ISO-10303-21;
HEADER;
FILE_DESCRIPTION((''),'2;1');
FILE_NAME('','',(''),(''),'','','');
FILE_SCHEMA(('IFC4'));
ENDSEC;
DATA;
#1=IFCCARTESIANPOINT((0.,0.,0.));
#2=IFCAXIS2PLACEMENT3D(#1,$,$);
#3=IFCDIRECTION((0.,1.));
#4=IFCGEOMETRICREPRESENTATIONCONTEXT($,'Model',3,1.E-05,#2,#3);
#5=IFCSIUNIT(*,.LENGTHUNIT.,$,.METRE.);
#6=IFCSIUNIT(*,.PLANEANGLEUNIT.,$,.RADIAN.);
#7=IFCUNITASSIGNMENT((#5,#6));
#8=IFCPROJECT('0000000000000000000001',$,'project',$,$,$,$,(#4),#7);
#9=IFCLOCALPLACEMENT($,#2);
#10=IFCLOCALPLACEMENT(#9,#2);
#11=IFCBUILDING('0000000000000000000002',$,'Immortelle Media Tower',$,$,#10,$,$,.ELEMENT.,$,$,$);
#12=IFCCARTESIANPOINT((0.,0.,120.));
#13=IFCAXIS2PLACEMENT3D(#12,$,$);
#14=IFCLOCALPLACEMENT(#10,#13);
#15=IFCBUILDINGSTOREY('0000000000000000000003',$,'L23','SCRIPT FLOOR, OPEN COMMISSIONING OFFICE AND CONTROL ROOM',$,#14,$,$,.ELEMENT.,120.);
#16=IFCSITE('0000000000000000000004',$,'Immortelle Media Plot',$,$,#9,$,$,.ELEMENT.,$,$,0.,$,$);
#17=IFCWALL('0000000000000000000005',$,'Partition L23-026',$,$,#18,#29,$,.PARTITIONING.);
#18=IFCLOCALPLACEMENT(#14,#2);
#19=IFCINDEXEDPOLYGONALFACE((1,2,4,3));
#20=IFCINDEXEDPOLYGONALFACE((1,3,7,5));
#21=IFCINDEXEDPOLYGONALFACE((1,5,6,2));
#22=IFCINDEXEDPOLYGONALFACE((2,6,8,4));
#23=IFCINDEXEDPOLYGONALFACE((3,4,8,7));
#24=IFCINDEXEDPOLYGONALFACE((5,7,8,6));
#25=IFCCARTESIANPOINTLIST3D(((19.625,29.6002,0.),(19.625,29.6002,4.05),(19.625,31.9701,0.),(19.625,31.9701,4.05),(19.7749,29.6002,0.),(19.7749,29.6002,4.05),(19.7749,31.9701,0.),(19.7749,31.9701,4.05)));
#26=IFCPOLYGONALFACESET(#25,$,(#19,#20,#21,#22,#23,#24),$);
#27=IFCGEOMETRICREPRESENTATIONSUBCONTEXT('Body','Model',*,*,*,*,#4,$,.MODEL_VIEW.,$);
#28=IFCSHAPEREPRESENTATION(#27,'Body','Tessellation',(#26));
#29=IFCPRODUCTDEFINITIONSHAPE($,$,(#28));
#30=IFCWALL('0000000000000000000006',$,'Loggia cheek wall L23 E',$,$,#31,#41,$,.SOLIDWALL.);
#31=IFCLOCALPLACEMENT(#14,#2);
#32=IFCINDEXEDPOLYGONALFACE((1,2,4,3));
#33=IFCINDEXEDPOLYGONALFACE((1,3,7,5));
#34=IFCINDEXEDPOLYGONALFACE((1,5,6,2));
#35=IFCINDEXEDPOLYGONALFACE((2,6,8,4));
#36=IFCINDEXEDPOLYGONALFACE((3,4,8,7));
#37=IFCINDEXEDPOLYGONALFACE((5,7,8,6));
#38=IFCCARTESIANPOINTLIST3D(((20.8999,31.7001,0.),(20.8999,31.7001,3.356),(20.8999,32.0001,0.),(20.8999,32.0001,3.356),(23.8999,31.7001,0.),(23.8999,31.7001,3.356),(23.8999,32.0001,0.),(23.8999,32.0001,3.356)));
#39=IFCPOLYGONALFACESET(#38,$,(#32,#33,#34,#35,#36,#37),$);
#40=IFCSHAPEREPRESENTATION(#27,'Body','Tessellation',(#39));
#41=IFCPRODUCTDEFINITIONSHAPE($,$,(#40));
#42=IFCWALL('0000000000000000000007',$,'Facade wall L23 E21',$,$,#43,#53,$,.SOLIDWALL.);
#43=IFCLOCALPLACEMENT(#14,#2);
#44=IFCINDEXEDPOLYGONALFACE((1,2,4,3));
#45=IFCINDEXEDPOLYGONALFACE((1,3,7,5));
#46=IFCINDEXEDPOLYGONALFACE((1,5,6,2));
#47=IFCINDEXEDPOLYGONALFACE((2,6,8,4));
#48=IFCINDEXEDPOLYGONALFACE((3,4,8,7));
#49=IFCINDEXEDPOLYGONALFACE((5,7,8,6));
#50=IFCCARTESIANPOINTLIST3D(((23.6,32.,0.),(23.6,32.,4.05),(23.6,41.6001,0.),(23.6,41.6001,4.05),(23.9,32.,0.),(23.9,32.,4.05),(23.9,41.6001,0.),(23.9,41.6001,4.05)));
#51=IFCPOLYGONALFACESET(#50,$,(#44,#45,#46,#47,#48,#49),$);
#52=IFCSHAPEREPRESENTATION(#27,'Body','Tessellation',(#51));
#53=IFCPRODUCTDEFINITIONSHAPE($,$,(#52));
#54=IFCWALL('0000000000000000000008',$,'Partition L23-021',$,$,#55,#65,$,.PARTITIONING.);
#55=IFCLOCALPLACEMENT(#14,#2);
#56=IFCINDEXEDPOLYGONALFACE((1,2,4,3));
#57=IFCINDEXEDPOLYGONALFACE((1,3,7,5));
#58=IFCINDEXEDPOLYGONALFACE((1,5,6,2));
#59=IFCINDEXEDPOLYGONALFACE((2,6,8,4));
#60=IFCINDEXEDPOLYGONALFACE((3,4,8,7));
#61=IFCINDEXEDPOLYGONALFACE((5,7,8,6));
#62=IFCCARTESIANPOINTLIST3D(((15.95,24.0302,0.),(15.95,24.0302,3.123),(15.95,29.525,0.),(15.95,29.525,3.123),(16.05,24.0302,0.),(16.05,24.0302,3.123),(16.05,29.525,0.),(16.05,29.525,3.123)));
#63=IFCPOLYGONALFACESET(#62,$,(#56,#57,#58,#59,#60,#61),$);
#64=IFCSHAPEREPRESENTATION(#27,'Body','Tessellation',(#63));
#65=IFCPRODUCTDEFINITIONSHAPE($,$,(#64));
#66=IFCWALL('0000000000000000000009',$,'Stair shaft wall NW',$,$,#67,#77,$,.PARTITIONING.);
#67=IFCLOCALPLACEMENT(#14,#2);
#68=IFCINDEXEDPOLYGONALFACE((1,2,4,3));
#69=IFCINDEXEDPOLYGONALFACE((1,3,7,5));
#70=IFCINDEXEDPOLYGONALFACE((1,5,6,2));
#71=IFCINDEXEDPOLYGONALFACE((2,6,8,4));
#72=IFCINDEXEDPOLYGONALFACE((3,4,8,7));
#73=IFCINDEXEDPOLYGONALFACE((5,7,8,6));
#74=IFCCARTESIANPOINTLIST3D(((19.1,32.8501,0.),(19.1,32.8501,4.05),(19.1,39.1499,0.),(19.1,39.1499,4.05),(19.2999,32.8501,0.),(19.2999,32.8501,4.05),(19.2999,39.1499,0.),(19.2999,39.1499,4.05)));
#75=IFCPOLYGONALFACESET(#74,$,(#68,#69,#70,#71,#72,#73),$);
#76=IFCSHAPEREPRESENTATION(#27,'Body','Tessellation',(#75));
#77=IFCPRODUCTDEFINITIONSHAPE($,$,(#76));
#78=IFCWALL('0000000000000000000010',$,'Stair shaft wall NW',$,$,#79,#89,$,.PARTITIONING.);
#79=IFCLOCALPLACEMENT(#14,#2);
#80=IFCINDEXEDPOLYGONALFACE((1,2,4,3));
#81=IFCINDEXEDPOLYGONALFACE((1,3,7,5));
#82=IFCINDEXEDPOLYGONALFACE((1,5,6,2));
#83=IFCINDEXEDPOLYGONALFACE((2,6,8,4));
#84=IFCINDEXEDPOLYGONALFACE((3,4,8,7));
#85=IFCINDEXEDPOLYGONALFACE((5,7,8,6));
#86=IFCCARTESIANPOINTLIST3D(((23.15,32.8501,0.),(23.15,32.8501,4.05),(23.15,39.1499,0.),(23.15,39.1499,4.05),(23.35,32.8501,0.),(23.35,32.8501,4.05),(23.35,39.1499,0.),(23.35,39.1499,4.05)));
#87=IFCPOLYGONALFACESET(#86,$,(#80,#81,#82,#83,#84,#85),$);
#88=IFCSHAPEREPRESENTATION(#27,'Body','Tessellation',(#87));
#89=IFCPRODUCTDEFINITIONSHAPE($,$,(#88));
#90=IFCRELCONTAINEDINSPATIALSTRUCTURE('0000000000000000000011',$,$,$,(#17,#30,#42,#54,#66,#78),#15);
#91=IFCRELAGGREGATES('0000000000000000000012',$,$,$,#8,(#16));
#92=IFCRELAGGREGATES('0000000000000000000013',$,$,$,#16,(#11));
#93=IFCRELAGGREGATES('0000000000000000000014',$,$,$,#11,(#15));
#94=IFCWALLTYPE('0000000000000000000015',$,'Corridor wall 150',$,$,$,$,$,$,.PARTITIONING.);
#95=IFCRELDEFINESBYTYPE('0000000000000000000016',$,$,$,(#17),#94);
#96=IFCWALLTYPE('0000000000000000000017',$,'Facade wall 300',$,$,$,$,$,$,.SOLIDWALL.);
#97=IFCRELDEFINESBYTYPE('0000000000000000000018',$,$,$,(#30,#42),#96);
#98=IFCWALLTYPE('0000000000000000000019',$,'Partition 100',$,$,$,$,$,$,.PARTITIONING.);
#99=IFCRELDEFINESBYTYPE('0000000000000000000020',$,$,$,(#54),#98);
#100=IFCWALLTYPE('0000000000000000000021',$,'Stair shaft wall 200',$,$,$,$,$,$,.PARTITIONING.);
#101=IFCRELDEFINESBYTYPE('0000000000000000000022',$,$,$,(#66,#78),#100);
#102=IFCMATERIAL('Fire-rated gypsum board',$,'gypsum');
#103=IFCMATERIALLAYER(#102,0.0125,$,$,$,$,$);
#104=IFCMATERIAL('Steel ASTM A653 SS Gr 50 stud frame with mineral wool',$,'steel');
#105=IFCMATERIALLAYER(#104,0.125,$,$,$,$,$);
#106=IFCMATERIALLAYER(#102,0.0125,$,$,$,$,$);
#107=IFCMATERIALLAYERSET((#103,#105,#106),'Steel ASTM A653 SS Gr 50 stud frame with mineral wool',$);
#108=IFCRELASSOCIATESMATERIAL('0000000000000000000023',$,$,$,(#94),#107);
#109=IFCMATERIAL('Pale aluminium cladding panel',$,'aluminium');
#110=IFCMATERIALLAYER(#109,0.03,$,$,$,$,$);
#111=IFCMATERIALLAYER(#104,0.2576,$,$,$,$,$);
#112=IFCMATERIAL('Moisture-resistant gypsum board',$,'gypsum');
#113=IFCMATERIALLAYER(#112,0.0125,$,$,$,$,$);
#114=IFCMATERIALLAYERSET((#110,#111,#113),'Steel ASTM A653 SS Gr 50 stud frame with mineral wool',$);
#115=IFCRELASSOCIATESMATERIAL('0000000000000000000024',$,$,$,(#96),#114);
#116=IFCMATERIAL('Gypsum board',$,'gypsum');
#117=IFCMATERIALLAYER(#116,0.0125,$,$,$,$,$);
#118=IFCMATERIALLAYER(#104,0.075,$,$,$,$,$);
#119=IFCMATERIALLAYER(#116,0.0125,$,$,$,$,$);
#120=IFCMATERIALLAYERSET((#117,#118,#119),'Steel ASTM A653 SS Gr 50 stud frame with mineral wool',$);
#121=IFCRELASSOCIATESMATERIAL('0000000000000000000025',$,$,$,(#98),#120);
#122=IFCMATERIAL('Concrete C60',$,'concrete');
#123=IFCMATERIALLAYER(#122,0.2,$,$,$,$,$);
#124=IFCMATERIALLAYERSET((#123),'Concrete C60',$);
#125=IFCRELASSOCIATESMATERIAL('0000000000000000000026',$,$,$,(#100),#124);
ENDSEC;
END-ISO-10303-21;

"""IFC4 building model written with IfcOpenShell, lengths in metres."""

from ifc_helpers import new_model, si_unit, direction, frame, frame_2d, origin, place, context, subcontext, project, spatial, rectangle, extrude, material, layer, layer_set, type_object, element, save


model = new_model("IFC4")

# Units and contexts
model_context = context("Model", 3, precision=1e-05, world=origin(), true_north=direction((0.0, 1.0)))
body_context = subcontext(model_context, "Body", "Model", "MODEL_VIEW")
ifc_project = project(units=[si_unit("LENGTHUNIT", "METRE"), si_unit("PLANEANGLEUNIT", "RADIAN")], contexts=[model_context])

# Site, building, storey
site_placement = place(None, origin())
site = spatial("IfcSite", under=ifc_project, at=site_placement, Name="Immortelle Media Plot", CompositionType="ELEMENT", RefElevation=0.0)
building_placement = place(site_placement, origin())
building = spatial("IfcBuilding", under=site, at=building_placement, Name="Immortelle Media Tower", CompositionType="ELEMENT")
storey_placement = place(building_placement, frame((0.0, 0.0, 120.0)))
storey = spatial("IfcBuildingStorey", under=building, at=storey_placement, Name="L23", Description="SCRIPT FLOOR, OPEN COMMISSIONING OFFICE AND CONTROL ROOM", CompositionType="ELEMENT", Elevation=120.0)

# Shared definitions
ifc_material_1 = material(Name="Fire-rated gypsum board", Category="gypsum")
ifc_material_2 = material(Name="Steel ASTM A653 SS Gr 50 stud frame with mineral wool", Category="steel")

# Wall
ifc_layer_1 = layer(ifc_material_1, 0.0125)
ifc_layer_2 = layer(ifc_material_2, 0.125)
ifc_layer_3 = layer(ifc_material_1, 0.0125)
ifc_layer_set_1 = layer_set([ifc_layer_1, ifc_layer_2, ifc_layer_3], Name="Steel ASTM A653 SS Gr 50 stud frame with mineral wool")
wall_type_1 = type_object("IfcWallType", Name="Corridor wall 150", PredefinedType="PARTITIONING", material=ifc_layer_set_1)
wall_1_placement = place(storey_placement, frame((19.7, 29.6001, 0.0), z_axis=(0.0, 0.0, 1.0), x_axis=(0.0, 1.0, 0.0)))
element("IfcWall", 1, at=wall_1_placement, inside=storey, type_object=wall_type_1, Name="Partition L23-026", PredefinedType="PARTITIONING", context=body_context, shape_type="SweptSolid", body=[
    extrude(rectangle(XDim=2.3699, YDim=0.1499, at=frame_2d((1.1851, 0.0))), origin(), (0.0, 0.0, 1.0), 4.05),
])

# Shared definitions
ifc_material_3 = material(Name="Pale aluminium cladding panel", Category="aluminium")
ifc_layer_4 = layer(ifc_material_3, 0.03)
ifc_layer_5 = layer(ifc_material_2, 0.2576)
ifc_material_4 = material(Name="Moisture-resistant gypsum board", Category="gypsum")
ifc_layer_6 = layer(ifc_material_4, 0.0125)
ifc_layer_set_2 = layer_set([ifc_layer_4, ifc_layer_5, ifc_layer_6], Name="Steel ASTM A653 SS Gr 50 stud frame with mineral wool")
wall_type_2 = type_object("IfcWallType", Name="Facade wall 300", PredefinedType="SOLIDWALL", material=ifc_layer_set_2)

# Walls
wall_2_placement = place(storey_placement, frame((23.8999, 31.8501, 0.0), z_axis=(0.0, 0.0, 1.0), x_axis=(-1.0, 0.0, 0.0)))
element("IfcWall", 2, at=wall_2_placement, inside=storey, type_object=wall_type_2, Name="Loggia cheek wall L23 E", PredefinedType="SOLIDWALL", context=body_context, shape_type="SweptSolid", body=[
    extrude(rectangle(XDim=3.0, YDim=0.3, at=frame_2d((1.5, 0.0))), origin(), (0.0, 0.0, 1.0), 3.356),
])
wall_3_placement = place(storey_placement, frame((23.75, 32.0, 0.0), z_axis=(0.0, 0.0, 1.0), x_axis=(0.0, 1.0, 0.0)))
element("IfcWall", 3, at=wall_3_placement, inside=storey, type_object=wall_type_2, Name="Facade wall L23 E21", PredefinedType="SOLIDWALL", context=body_context, shape_type="SweptSolid", body=[
    extrude(rectangle(XDim=9.6001, YDim=0.3, at=frame_2d((4.8, 0.0))), origin(), (0.0, 0.0, 1.0), 4.05),
])
ifc_material_5 = material(Name="Gypsum board", Category="gypsum")
ifc_layer_7 = layer(ifc_material_5, 0.0125)
ifc_layer_8 = layer(ifc_material_2, 0.075)
ifc_layer_9 = layer(ifc_material_5, 0.0125)
ifc_layer_set_3 = layer_set([ifc_layer_7, ifc_layer_8, ifc_layer_9], Name="Steel ASTM A653 SS Gr 50 stud frame with mineral wool")
wall_type_3 = type_object("IfcWallType", Name="Partition 100", PredefinedType="PARTITIONING", material=ifc_layer_set_3)
wall_4_placement = place(storey_placement, frame((16.0, 24.03, 0.0), z_axis=(0.0, 0.0, 1.0), x_axis=(0.0, 1.0, 0.0)))
element("IfcWall", 4, at=wall_4_placement, inside=storey, type_object=wall_type_3, Name="Partition L23-021", PredefinedType="PARTITIONING", context=body_context, shape_type="SweptSolid", body=[
    extrude(rectangle(XDim=5.4949, YDim=0.1001, at=frame_2d((2.7476, 0.0))), origin(), (0.0, 0.0, 1.0), 3.123),
])
ifc_material_6 = material(Name="Concrete C60", Category="concrete")
ifc_layer_10 = layer(ifc_material_6, 0.2)
ifc_layer_set_4 = layer_set([ifc_layer_10], Name="Concrete C60")
wall_type_4 = type_object("IfcWallType", Name="Stair shaft wall 200", PredefinedType="PARTITIONING", material=ifc_layer_set_4)
for number, where, z_axis, x_axis, name in (
    (5, (19.2, 32.8501, 0.0), (0.0, 0.0, 1.0), (0.0, 1.0, 0.0), "Stair shaft wall NW"),
    (6, (23.25, 32.8501, 0.0), (0.0, 0.0, 1.0), (0.0, 1.0, 0.0), "Stair shaft wall NW"),
):
    element("IfcWall", number, at=place(storey_placement, frame(where, z_axis=z_axis, x_axis=x_axis)), inside=storey, type_object=wall_type_4, Name=name, PredefinedType="PARTITIONING", context=body_context, shape_type="SweptSolid", body=[
        extrude(rectangle(XDim=6.2998, YDim=0.2, at=frame_2d((3.1499, 0.0))), origin(), (0.0, 0.0, 1.0), 4.05),
    ])

save(model, "model.ifc")
